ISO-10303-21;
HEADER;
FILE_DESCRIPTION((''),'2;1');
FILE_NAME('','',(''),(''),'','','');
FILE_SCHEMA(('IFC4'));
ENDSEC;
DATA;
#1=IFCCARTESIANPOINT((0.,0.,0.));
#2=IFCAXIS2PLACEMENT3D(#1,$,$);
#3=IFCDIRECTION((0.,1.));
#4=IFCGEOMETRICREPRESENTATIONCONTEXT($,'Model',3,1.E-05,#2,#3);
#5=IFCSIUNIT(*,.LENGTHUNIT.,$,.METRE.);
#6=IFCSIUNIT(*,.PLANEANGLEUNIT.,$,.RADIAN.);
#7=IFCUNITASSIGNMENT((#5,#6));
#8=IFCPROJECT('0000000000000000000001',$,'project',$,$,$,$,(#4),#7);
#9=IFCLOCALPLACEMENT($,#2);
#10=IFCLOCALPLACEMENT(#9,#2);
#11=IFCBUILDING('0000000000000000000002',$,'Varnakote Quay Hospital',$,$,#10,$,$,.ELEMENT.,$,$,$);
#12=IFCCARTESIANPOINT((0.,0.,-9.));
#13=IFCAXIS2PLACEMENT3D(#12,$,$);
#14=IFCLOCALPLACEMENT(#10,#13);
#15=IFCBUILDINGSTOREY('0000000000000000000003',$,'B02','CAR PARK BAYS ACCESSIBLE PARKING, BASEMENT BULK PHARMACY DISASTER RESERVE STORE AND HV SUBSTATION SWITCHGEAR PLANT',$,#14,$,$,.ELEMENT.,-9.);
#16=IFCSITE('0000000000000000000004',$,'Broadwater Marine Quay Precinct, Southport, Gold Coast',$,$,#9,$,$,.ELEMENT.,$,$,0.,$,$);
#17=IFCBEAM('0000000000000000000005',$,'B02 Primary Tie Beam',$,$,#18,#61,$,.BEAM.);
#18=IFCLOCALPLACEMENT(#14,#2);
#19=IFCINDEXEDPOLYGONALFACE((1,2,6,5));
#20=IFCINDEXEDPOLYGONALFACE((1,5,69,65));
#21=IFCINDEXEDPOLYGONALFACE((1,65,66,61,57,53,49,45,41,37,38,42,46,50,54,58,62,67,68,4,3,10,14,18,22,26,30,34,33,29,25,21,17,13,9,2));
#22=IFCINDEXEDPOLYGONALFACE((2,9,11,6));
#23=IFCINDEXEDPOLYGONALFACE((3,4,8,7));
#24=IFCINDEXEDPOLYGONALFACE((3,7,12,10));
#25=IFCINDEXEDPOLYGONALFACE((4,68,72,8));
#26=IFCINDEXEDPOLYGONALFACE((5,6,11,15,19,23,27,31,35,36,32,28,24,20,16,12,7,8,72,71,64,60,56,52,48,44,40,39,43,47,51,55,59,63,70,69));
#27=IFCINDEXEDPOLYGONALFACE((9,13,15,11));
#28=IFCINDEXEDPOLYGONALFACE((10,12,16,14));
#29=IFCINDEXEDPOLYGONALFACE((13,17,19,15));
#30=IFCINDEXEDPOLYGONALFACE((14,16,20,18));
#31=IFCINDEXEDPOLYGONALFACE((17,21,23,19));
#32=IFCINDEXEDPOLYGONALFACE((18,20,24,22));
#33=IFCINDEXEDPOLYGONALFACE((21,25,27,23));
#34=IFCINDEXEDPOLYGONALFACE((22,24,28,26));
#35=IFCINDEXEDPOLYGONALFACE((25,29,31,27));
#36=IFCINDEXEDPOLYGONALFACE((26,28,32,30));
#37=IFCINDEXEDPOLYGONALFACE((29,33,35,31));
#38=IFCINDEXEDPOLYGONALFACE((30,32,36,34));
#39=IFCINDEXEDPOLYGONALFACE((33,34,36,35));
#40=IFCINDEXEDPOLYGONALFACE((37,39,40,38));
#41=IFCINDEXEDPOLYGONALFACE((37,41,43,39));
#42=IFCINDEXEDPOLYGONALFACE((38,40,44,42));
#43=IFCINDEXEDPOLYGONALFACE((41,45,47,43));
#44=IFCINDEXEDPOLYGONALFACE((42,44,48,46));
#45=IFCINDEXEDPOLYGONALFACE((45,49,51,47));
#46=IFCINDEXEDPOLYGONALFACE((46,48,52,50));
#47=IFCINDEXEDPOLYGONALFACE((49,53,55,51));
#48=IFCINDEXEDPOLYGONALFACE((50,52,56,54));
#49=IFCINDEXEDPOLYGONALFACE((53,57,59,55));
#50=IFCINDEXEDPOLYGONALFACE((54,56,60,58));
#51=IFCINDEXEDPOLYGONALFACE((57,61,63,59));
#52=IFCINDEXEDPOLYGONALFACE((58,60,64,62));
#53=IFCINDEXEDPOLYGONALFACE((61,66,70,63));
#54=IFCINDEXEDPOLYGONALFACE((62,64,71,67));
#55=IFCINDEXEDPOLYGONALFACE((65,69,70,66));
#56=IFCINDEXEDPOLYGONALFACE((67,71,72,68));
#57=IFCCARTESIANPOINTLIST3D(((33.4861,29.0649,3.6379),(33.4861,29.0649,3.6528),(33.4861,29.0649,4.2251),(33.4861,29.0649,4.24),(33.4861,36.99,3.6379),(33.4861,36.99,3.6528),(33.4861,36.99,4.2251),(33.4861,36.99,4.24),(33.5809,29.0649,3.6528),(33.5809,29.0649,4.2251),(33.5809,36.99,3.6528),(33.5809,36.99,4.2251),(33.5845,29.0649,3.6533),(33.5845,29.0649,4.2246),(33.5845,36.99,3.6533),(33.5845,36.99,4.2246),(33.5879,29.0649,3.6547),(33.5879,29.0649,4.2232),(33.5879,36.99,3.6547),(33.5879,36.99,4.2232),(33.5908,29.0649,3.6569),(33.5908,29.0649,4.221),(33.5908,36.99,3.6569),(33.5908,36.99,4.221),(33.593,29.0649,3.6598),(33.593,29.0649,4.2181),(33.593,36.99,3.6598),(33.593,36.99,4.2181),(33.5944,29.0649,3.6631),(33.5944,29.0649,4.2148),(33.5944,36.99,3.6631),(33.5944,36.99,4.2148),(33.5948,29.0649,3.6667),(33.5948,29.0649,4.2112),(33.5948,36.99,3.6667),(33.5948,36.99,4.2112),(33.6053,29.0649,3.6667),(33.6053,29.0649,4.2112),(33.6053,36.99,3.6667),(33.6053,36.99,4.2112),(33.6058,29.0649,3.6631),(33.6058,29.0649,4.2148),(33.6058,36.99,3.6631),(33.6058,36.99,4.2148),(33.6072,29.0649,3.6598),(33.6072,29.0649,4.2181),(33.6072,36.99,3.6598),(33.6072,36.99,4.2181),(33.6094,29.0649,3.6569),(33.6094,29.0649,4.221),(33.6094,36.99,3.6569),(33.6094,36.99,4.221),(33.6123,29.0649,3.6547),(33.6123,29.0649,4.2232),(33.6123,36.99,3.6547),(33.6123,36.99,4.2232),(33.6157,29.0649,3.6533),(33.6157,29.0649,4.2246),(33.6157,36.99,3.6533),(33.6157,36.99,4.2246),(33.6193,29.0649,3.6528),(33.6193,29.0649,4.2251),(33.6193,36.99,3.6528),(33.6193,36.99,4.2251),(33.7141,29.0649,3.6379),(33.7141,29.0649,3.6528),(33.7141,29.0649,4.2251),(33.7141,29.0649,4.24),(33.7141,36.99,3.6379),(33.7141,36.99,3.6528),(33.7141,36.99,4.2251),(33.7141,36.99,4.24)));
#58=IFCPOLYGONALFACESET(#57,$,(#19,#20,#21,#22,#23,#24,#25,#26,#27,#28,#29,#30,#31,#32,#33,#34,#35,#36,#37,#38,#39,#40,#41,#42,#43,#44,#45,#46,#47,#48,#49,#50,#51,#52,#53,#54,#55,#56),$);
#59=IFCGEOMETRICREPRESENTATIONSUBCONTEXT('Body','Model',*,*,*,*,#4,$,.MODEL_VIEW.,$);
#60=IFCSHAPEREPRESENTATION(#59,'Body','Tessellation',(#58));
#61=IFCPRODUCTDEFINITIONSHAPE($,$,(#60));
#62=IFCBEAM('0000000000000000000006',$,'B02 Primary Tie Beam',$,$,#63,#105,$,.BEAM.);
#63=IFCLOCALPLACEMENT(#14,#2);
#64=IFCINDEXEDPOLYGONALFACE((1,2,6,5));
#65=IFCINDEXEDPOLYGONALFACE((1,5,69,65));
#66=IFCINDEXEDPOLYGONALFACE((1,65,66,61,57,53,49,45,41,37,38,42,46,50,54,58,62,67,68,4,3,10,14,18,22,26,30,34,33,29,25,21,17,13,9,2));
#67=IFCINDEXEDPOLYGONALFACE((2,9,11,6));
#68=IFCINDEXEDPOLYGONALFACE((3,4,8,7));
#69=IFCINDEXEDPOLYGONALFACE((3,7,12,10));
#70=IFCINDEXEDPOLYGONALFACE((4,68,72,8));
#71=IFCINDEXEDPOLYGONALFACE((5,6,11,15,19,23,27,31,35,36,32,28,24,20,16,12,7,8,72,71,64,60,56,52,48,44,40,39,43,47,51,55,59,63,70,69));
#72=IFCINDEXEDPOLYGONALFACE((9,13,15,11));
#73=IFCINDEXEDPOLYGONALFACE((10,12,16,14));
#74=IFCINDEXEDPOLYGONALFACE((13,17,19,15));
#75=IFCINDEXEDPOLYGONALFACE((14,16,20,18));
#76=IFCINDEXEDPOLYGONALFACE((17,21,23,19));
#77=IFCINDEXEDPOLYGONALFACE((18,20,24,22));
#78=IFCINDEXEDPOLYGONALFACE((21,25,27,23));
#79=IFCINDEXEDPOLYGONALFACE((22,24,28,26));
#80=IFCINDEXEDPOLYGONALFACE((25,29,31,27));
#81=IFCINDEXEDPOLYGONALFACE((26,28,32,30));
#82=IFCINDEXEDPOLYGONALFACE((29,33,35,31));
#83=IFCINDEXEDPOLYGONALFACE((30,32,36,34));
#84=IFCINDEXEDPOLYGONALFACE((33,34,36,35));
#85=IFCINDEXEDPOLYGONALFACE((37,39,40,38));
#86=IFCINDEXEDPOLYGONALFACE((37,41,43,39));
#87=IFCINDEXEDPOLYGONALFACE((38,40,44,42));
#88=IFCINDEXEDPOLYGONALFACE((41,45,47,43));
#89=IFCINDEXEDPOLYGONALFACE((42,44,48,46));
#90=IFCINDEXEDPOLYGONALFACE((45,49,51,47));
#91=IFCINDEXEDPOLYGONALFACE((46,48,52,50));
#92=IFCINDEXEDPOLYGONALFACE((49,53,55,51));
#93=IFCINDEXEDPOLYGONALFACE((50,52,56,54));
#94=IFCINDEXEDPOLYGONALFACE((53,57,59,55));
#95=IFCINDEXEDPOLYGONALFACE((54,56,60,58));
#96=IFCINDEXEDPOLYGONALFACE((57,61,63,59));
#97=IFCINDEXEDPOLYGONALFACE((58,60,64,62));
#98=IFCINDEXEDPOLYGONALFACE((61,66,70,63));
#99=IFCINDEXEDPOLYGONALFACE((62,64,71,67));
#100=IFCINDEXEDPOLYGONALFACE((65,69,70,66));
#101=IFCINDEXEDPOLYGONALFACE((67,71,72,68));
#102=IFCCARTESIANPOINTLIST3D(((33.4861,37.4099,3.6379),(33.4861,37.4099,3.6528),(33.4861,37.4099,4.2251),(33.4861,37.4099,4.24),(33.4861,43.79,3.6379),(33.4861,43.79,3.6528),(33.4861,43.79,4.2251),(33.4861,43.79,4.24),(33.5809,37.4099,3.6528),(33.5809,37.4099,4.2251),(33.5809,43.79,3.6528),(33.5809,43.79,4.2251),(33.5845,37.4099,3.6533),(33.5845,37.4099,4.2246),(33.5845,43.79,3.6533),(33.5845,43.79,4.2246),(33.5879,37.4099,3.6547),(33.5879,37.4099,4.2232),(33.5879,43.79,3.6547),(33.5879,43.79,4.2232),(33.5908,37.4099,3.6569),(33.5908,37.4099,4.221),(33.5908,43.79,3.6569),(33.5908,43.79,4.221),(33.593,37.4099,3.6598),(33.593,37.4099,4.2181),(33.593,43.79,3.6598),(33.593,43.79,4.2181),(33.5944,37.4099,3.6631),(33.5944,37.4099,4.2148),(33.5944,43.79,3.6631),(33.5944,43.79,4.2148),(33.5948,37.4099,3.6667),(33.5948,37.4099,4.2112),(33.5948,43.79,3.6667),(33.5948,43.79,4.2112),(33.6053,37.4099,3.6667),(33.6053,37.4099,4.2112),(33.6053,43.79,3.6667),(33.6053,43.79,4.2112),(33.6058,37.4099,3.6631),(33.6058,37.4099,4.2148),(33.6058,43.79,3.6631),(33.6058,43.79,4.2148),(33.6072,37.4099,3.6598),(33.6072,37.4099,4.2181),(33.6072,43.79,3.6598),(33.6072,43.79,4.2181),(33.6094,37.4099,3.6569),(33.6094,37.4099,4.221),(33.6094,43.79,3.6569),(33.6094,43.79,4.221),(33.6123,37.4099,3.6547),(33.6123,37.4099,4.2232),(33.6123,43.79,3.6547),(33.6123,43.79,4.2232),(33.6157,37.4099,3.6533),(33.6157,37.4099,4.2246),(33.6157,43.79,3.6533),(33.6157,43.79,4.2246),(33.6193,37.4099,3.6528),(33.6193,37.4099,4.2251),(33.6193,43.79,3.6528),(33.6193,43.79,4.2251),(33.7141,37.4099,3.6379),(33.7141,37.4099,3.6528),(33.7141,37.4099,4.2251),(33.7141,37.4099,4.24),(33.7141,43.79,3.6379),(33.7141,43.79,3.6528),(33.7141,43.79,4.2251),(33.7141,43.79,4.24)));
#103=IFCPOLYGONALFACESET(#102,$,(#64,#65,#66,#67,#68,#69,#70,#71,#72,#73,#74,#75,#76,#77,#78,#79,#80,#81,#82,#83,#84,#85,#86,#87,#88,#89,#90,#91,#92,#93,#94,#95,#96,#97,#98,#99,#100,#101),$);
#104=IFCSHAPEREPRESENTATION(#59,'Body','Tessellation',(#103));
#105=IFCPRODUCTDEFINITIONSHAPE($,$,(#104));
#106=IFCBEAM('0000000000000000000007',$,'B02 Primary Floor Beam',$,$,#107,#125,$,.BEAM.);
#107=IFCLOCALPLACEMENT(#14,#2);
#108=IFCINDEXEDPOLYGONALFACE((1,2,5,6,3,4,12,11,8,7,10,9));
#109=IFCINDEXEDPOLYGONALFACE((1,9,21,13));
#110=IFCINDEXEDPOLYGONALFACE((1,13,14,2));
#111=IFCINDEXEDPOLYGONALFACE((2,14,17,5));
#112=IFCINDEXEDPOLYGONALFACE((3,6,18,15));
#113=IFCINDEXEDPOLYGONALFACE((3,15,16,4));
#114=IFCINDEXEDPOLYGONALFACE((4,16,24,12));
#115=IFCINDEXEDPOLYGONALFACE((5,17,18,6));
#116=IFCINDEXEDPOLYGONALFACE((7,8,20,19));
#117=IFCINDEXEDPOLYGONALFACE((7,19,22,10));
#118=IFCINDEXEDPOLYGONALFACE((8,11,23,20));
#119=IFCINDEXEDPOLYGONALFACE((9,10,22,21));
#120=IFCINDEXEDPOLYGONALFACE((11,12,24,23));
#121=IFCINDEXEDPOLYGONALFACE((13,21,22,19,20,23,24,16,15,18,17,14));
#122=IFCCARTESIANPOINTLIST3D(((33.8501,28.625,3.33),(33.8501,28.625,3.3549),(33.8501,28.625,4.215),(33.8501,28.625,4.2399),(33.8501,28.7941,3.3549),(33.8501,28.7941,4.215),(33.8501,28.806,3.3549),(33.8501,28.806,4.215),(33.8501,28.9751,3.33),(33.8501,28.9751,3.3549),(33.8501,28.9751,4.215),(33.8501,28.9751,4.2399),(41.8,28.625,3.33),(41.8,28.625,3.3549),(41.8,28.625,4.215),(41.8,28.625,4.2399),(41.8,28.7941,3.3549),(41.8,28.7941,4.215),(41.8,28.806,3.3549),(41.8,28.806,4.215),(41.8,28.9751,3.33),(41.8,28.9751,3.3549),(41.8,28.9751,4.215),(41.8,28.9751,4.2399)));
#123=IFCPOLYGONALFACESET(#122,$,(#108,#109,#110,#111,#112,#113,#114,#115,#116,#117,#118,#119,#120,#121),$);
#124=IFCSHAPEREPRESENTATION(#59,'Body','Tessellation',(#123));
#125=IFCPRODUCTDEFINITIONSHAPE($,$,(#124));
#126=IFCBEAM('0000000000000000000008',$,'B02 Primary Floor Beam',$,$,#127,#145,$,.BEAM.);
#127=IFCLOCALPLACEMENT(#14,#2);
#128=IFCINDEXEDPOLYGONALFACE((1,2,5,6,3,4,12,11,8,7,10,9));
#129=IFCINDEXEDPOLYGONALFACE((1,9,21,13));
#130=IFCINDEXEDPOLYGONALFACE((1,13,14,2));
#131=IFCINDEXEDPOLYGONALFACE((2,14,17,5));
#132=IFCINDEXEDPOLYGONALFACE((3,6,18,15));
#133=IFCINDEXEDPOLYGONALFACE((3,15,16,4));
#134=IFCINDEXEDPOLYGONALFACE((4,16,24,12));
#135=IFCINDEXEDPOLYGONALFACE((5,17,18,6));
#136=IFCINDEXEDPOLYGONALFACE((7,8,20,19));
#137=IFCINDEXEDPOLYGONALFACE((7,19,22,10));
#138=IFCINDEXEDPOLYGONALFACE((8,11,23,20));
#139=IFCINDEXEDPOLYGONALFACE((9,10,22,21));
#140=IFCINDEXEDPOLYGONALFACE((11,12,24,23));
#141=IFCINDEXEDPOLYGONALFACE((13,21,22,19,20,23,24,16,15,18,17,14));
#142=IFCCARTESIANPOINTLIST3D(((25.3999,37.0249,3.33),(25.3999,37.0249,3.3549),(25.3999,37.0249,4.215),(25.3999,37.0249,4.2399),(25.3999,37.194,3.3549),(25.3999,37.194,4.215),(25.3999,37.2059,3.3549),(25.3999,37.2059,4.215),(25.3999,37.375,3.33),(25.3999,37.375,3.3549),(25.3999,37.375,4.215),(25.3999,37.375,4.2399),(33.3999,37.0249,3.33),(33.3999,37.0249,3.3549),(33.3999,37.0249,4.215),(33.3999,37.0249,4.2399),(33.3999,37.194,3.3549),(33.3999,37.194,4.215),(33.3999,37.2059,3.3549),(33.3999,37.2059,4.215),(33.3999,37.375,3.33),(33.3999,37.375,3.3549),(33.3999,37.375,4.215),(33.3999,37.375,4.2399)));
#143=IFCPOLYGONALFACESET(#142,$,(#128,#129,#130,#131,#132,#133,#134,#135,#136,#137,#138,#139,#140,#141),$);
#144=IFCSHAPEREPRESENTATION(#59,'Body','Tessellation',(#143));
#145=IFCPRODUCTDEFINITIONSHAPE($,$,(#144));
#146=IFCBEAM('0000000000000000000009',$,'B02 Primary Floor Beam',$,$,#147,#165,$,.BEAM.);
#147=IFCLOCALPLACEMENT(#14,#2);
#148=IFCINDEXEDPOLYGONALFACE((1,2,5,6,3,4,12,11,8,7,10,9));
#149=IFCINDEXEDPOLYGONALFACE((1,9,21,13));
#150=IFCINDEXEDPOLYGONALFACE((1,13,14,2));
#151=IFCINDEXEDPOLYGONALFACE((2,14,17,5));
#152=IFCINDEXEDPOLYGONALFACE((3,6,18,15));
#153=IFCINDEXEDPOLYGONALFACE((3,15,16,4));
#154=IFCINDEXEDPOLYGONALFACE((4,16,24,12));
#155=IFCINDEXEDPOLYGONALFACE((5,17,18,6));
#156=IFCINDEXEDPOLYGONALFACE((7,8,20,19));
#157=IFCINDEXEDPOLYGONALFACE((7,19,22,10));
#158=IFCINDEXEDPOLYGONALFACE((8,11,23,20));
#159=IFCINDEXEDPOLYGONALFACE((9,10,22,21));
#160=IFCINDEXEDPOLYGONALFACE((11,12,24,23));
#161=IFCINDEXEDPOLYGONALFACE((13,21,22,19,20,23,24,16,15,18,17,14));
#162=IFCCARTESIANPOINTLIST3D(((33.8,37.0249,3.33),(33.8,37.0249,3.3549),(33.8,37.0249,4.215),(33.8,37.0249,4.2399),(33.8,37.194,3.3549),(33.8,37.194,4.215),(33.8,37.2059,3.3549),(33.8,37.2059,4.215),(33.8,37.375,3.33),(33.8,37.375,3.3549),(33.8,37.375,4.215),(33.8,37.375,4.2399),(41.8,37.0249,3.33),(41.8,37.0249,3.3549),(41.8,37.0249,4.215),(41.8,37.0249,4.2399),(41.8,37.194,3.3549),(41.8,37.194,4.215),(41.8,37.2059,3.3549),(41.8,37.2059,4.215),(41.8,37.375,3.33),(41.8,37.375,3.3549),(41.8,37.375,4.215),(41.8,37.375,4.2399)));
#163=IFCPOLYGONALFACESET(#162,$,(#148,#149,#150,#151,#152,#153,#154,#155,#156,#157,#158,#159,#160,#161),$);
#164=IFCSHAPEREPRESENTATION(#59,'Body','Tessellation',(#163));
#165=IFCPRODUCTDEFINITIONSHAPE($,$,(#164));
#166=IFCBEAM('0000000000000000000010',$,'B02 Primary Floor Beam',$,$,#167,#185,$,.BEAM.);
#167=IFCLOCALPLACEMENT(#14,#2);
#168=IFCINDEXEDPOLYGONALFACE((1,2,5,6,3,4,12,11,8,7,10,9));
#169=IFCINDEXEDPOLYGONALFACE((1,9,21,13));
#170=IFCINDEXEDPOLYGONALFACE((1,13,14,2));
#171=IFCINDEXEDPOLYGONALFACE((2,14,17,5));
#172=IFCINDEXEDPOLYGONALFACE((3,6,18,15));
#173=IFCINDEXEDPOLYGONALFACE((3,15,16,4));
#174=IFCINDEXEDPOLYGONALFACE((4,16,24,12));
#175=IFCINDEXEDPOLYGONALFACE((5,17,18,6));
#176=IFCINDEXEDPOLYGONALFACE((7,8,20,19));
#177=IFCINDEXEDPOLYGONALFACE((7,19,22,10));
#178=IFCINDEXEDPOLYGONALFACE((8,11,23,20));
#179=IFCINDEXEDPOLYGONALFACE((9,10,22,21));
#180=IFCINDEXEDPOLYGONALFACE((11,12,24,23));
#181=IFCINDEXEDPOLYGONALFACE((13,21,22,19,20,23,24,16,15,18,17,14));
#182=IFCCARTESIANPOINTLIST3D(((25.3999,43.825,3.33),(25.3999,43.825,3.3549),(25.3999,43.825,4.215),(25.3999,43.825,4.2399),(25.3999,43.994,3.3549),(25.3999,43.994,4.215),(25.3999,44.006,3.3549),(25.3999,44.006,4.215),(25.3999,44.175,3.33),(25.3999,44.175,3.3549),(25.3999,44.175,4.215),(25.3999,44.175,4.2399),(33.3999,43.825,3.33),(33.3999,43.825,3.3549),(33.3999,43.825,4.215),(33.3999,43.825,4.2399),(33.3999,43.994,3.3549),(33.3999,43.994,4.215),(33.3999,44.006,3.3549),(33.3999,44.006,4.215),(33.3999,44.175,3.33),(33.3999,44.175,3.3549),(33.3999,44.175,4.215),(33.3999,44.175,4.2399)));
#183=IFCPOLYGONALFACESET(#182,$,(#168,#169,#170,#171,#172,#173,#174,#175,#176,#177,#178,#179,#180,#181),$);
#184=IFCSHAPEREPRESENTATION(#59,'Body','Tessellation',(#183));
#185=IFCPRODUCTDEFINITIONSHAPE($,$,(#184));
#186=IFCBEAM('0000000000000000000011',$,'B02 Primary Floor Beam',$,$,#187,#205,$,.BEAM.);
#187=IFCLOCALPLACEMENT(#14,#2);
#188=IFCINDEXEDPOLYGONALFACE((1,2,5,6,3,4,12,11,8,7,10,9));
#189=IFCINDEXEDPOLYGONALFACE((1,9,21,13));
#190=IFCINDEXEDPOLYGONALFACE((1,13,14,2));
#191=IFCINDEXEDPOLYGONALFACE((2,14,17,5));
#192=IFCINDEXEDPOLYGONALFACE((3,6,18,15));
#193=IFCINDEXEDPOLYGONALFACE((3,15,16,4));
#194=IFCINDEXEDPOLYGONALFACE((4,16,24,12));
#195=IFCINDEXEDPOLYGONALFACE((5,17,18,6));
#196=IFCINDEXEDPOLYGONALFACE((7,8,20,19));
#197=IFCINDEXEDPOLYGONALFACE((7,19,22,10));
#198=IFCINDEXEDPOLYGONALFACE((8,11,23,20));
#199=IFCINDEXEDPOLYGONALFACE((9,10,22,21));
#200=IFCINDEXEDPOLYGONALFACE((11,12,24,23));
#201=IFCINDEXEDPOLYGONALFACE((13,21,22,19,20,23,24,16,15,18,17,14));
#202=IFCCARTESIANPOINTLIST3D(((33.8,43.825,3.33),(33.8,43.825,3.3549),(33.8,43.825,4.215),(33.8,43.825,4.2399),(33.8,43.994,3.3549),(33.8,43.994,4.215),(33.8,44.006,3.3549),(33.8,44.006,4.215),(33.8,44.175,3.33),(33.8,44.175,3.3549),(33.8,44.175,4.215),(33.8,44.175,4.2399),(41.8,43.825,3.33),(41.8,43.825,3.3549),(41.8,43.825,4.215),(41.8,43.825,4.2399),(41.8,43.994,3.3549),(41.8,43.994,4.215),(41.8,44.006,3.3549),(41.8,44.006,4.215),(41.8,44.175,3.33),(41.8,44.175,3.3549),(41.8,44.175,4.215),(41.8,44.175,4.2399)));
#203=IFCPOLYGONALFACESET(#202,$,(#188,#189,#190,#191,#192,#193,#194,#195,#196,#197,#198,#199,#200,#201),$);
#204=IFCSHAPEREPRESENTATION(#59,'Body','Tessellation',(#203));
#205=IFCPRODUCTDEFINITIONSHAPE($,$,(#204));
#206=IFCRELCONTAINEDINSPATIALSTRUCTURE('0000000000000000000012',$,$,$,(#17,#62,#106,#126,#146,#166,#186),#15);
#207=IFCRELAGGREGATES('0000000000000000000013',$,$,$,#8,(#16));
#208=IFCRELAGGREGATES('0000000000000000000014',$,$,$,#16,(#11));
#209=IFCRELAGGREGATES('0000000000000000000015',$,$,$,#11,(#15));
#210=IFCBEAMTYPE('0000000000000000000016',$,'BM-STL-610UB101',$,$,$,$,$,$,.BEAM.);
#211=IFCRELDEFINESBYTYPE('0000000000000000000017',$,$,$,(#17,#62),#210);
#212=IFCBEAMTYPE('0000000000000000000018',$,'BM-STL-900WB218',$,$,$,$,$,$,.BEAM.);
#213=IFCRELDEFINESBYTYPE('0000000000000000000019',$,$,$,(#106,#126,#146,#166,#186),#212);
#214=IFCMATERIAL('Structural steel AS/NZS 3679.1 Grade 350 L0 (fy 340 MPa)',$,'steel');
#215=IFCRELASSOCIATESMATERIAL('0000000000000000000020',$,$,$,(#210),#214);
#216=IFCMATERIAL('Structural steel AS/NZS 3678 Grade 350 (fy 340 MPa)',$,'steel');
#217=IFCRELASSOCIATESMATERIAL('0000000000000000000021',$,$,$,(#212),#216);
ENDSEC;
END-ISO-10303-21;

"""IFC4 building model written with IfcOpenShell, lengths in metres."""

from ifc_helpers import new_model, si_unit, direction, frame, origin, origin_2d, place, context, subcontext, project, spatial, i_section, extrude, material, material_profile, profile_set, type_object, element, save


model = new_model("IFC4")

# Units and contexts
model_context = context("Model", 3, precision=1e-05, world=origin(), true_north=direction((0.0, 1.0)))
body_context = subcontext(model_context, "Body", "Model", "MODEL_VIEW")
ifc_project = project(units=[si_unit("LENGTHUNIT", "METRE"), si_unit("PLANEANGLEUNIT", "RADIAN")], contexts=[model_context])

# Site, building, storey
site_placement = place(None, origin())
site = spatial("IfcSite", under=ifc_project, at=site_placement, Name="Broadwater Marine Quay Precinct, Southport, Gold Coast", CompositionType="ELEMENT", RefElevation=0.0)
building_placement = place(site_placement, origin())
building = spatial("IfcBuilding", under=site, at=building_placement, Name="Varnakote Quay Hospital", CompositionType="ELEMENT")
storey_placement = place(building_placement, frame((0.0, 0.0, -9.0)))
storey = spatial("IfcBuildingStorey", under=building, at=storey_placement, Name="B02", Description="CAR PARK BAYS ACCESSIBLE PARKING, BASEMENT BULK PHARMACY DISASTER RESERVE STORE AND HV SUBSTATION SWITCHGEAR PLANT", CompositionType="ELEMENT", Elevation=-9.0)

# Beams
ifc_material_1 = material(Name="Structural steel AS/NZS 3679.1 Grade 350 L0 (fy 340 MPa)", Category="steel")
ifc_material_profile_1 = material_profile(ifc_material_1, i_section(OverallWidth=0.228, OverallDepth=0.6021, WebThickness=0.0105, FlangeThickness=0.0149, FilletRadius=0.0139, at=origin_2d()), Name="610UB101")
ifc_profile_set_1 = profile_set([ifc_material_profile_1], Name="Structural steel AS/NZS 3679.1 Grade 350 L0 (fy 340 MPa)")
beam_type_1 = type_object("IfcBeamType", Name="BM-STL-610UB101", PredefinedType="BEAM", material=ifc_profile_set_1)
beam_1_placement = place(storey_placement, frame((33.6001, 29.0649, 3.939), z_axis=(0.0, 1.0, 0.0), x_axis=(-1.0, 0.0, 0.0)))
element("IfcBeam", 1, at=beam_1_placement, inside=storey, type_object=beam_type_1, Name="B02 Primary Tie Beam", PredefinedType="BEAM", context=body_context, shape_type="SweptSolid", body=[
    extrude(i_section(OverallWidth=0.228, OverallDepth=0.6021, WebThickness=0.0105, FlangeThickness=0.0149, FilletRadius=0.0139, at=origin_2d()), origin(), (0.0, 0.0, 1.0), 7.925),
])
beam_2_placement = place(storey_placement, frame((33.6001, 37.4099, 3.939), z_axis=(0.0, 1.0, 0.0), x_axis=(-1.0, 0.0, 0.0)))
element("IfcBeam", 2, at=beam_2_placement, inside=storey, type_object=beam_type_1, Name="B02 Primary Tie Beam", PredefinedType="BEAM", context=body_context, shape_type="SweptSolid", body=[
    extrude(i_section(OverallWidth=0.228, OverallDepth=0.6021, WebThickness=0.0105, FlangeThickness=0.0149, FilletRadius=0.0139, at=origin_2d()), origin(), (0.0, 0.0, 1.0), 6.3801),
])
ifc_material_2 = material(Name="Structural steel AS/NZS 3678 Grade 350 (fy 340 MPa)", Category="steel")
ifc_material_profile_2 = material_profile(ifc_material_2, i_section(OverallWidth=0.3501, OverallDepth=0.9099, WebThickness=0.012, FlangeThickness=0.0249, at=origin_2d()), Name="900WB218")
ifc_profile_set_2 = profile_set([ifc_material_profile_2], Name="Structural steel AS/NZS 3678 Grade 350 (fy 340 MPa)")
beam_type_2 = type_object("IfcBeamType", Name="BM-STL-900WB218", PredefinedType="BEAM", material=ifc_profile_set_2)
beam_3_placement = place(storey_placement, frame((33.8501, 28.8, 3.7849), z_axis=(1.0, 0.0, 0.0), x_axis=(0.0, 1.0, 0.0)))
element("IfcBeam", 3, at=beam_3_placement, inside=storey, type_object=beam_type_2, Name="B02 Primary Floor Beam", PredefinedType="BEAM", context=body_context, shape_type="SweptSolid", body=[
    extrude(i_section(OverallWidth=0.3501, OverallDepth=0.9099, WebThickness=0.012, FlangeThickness=0.0249, at=origin_2d()), origin(), (0.0, 0.0, 1.0), 7.95),
])
for number, where, z_axis, x_axis, name in (
    (4, (25.3999, 37.2, 3.7849), (1.0, 0.0, 0.0), (0.0, 1.0, 0.0), "B02 Primary Floor Beam"),
    (5, (33.8, 37.2, 3.7849), (1.0, 0.0, 0.0), (0.0, 1.0, 0.0), "B02 Primary Floor Beam"),
    (6, (25.3999, 44.0, 3.7849), (1.0, 0.0, 0.0), (0.0, 1.0, 0.0), "B02 Primary Floor Beam"),
    (7, (33.8, 44.0, 3.7849), (1.0, 0.0, 0.0), (0.0, 1.0, 0.0), "B02 Primary Floor Beam"),
):
    element("IfcBeam", number, at=place(storey_placement, frame(where, z_axis=z_axis, x_axis=x_axis)), inside=storey, type_object=beam_type_2, Name=name, PredefinedType="BEAM", context=body_context, shape_type="SweptSolid", body=[
        extrude(i_section(OverallWidth=0.3501, OverallDepth=0.9099, WebThickness=0.012, FlangeThickness=0.0249, at=origin_2d()), origin(), (0.0, 0.0, 1.0), 8.0),
    ])

save(model, "model.ifc")
